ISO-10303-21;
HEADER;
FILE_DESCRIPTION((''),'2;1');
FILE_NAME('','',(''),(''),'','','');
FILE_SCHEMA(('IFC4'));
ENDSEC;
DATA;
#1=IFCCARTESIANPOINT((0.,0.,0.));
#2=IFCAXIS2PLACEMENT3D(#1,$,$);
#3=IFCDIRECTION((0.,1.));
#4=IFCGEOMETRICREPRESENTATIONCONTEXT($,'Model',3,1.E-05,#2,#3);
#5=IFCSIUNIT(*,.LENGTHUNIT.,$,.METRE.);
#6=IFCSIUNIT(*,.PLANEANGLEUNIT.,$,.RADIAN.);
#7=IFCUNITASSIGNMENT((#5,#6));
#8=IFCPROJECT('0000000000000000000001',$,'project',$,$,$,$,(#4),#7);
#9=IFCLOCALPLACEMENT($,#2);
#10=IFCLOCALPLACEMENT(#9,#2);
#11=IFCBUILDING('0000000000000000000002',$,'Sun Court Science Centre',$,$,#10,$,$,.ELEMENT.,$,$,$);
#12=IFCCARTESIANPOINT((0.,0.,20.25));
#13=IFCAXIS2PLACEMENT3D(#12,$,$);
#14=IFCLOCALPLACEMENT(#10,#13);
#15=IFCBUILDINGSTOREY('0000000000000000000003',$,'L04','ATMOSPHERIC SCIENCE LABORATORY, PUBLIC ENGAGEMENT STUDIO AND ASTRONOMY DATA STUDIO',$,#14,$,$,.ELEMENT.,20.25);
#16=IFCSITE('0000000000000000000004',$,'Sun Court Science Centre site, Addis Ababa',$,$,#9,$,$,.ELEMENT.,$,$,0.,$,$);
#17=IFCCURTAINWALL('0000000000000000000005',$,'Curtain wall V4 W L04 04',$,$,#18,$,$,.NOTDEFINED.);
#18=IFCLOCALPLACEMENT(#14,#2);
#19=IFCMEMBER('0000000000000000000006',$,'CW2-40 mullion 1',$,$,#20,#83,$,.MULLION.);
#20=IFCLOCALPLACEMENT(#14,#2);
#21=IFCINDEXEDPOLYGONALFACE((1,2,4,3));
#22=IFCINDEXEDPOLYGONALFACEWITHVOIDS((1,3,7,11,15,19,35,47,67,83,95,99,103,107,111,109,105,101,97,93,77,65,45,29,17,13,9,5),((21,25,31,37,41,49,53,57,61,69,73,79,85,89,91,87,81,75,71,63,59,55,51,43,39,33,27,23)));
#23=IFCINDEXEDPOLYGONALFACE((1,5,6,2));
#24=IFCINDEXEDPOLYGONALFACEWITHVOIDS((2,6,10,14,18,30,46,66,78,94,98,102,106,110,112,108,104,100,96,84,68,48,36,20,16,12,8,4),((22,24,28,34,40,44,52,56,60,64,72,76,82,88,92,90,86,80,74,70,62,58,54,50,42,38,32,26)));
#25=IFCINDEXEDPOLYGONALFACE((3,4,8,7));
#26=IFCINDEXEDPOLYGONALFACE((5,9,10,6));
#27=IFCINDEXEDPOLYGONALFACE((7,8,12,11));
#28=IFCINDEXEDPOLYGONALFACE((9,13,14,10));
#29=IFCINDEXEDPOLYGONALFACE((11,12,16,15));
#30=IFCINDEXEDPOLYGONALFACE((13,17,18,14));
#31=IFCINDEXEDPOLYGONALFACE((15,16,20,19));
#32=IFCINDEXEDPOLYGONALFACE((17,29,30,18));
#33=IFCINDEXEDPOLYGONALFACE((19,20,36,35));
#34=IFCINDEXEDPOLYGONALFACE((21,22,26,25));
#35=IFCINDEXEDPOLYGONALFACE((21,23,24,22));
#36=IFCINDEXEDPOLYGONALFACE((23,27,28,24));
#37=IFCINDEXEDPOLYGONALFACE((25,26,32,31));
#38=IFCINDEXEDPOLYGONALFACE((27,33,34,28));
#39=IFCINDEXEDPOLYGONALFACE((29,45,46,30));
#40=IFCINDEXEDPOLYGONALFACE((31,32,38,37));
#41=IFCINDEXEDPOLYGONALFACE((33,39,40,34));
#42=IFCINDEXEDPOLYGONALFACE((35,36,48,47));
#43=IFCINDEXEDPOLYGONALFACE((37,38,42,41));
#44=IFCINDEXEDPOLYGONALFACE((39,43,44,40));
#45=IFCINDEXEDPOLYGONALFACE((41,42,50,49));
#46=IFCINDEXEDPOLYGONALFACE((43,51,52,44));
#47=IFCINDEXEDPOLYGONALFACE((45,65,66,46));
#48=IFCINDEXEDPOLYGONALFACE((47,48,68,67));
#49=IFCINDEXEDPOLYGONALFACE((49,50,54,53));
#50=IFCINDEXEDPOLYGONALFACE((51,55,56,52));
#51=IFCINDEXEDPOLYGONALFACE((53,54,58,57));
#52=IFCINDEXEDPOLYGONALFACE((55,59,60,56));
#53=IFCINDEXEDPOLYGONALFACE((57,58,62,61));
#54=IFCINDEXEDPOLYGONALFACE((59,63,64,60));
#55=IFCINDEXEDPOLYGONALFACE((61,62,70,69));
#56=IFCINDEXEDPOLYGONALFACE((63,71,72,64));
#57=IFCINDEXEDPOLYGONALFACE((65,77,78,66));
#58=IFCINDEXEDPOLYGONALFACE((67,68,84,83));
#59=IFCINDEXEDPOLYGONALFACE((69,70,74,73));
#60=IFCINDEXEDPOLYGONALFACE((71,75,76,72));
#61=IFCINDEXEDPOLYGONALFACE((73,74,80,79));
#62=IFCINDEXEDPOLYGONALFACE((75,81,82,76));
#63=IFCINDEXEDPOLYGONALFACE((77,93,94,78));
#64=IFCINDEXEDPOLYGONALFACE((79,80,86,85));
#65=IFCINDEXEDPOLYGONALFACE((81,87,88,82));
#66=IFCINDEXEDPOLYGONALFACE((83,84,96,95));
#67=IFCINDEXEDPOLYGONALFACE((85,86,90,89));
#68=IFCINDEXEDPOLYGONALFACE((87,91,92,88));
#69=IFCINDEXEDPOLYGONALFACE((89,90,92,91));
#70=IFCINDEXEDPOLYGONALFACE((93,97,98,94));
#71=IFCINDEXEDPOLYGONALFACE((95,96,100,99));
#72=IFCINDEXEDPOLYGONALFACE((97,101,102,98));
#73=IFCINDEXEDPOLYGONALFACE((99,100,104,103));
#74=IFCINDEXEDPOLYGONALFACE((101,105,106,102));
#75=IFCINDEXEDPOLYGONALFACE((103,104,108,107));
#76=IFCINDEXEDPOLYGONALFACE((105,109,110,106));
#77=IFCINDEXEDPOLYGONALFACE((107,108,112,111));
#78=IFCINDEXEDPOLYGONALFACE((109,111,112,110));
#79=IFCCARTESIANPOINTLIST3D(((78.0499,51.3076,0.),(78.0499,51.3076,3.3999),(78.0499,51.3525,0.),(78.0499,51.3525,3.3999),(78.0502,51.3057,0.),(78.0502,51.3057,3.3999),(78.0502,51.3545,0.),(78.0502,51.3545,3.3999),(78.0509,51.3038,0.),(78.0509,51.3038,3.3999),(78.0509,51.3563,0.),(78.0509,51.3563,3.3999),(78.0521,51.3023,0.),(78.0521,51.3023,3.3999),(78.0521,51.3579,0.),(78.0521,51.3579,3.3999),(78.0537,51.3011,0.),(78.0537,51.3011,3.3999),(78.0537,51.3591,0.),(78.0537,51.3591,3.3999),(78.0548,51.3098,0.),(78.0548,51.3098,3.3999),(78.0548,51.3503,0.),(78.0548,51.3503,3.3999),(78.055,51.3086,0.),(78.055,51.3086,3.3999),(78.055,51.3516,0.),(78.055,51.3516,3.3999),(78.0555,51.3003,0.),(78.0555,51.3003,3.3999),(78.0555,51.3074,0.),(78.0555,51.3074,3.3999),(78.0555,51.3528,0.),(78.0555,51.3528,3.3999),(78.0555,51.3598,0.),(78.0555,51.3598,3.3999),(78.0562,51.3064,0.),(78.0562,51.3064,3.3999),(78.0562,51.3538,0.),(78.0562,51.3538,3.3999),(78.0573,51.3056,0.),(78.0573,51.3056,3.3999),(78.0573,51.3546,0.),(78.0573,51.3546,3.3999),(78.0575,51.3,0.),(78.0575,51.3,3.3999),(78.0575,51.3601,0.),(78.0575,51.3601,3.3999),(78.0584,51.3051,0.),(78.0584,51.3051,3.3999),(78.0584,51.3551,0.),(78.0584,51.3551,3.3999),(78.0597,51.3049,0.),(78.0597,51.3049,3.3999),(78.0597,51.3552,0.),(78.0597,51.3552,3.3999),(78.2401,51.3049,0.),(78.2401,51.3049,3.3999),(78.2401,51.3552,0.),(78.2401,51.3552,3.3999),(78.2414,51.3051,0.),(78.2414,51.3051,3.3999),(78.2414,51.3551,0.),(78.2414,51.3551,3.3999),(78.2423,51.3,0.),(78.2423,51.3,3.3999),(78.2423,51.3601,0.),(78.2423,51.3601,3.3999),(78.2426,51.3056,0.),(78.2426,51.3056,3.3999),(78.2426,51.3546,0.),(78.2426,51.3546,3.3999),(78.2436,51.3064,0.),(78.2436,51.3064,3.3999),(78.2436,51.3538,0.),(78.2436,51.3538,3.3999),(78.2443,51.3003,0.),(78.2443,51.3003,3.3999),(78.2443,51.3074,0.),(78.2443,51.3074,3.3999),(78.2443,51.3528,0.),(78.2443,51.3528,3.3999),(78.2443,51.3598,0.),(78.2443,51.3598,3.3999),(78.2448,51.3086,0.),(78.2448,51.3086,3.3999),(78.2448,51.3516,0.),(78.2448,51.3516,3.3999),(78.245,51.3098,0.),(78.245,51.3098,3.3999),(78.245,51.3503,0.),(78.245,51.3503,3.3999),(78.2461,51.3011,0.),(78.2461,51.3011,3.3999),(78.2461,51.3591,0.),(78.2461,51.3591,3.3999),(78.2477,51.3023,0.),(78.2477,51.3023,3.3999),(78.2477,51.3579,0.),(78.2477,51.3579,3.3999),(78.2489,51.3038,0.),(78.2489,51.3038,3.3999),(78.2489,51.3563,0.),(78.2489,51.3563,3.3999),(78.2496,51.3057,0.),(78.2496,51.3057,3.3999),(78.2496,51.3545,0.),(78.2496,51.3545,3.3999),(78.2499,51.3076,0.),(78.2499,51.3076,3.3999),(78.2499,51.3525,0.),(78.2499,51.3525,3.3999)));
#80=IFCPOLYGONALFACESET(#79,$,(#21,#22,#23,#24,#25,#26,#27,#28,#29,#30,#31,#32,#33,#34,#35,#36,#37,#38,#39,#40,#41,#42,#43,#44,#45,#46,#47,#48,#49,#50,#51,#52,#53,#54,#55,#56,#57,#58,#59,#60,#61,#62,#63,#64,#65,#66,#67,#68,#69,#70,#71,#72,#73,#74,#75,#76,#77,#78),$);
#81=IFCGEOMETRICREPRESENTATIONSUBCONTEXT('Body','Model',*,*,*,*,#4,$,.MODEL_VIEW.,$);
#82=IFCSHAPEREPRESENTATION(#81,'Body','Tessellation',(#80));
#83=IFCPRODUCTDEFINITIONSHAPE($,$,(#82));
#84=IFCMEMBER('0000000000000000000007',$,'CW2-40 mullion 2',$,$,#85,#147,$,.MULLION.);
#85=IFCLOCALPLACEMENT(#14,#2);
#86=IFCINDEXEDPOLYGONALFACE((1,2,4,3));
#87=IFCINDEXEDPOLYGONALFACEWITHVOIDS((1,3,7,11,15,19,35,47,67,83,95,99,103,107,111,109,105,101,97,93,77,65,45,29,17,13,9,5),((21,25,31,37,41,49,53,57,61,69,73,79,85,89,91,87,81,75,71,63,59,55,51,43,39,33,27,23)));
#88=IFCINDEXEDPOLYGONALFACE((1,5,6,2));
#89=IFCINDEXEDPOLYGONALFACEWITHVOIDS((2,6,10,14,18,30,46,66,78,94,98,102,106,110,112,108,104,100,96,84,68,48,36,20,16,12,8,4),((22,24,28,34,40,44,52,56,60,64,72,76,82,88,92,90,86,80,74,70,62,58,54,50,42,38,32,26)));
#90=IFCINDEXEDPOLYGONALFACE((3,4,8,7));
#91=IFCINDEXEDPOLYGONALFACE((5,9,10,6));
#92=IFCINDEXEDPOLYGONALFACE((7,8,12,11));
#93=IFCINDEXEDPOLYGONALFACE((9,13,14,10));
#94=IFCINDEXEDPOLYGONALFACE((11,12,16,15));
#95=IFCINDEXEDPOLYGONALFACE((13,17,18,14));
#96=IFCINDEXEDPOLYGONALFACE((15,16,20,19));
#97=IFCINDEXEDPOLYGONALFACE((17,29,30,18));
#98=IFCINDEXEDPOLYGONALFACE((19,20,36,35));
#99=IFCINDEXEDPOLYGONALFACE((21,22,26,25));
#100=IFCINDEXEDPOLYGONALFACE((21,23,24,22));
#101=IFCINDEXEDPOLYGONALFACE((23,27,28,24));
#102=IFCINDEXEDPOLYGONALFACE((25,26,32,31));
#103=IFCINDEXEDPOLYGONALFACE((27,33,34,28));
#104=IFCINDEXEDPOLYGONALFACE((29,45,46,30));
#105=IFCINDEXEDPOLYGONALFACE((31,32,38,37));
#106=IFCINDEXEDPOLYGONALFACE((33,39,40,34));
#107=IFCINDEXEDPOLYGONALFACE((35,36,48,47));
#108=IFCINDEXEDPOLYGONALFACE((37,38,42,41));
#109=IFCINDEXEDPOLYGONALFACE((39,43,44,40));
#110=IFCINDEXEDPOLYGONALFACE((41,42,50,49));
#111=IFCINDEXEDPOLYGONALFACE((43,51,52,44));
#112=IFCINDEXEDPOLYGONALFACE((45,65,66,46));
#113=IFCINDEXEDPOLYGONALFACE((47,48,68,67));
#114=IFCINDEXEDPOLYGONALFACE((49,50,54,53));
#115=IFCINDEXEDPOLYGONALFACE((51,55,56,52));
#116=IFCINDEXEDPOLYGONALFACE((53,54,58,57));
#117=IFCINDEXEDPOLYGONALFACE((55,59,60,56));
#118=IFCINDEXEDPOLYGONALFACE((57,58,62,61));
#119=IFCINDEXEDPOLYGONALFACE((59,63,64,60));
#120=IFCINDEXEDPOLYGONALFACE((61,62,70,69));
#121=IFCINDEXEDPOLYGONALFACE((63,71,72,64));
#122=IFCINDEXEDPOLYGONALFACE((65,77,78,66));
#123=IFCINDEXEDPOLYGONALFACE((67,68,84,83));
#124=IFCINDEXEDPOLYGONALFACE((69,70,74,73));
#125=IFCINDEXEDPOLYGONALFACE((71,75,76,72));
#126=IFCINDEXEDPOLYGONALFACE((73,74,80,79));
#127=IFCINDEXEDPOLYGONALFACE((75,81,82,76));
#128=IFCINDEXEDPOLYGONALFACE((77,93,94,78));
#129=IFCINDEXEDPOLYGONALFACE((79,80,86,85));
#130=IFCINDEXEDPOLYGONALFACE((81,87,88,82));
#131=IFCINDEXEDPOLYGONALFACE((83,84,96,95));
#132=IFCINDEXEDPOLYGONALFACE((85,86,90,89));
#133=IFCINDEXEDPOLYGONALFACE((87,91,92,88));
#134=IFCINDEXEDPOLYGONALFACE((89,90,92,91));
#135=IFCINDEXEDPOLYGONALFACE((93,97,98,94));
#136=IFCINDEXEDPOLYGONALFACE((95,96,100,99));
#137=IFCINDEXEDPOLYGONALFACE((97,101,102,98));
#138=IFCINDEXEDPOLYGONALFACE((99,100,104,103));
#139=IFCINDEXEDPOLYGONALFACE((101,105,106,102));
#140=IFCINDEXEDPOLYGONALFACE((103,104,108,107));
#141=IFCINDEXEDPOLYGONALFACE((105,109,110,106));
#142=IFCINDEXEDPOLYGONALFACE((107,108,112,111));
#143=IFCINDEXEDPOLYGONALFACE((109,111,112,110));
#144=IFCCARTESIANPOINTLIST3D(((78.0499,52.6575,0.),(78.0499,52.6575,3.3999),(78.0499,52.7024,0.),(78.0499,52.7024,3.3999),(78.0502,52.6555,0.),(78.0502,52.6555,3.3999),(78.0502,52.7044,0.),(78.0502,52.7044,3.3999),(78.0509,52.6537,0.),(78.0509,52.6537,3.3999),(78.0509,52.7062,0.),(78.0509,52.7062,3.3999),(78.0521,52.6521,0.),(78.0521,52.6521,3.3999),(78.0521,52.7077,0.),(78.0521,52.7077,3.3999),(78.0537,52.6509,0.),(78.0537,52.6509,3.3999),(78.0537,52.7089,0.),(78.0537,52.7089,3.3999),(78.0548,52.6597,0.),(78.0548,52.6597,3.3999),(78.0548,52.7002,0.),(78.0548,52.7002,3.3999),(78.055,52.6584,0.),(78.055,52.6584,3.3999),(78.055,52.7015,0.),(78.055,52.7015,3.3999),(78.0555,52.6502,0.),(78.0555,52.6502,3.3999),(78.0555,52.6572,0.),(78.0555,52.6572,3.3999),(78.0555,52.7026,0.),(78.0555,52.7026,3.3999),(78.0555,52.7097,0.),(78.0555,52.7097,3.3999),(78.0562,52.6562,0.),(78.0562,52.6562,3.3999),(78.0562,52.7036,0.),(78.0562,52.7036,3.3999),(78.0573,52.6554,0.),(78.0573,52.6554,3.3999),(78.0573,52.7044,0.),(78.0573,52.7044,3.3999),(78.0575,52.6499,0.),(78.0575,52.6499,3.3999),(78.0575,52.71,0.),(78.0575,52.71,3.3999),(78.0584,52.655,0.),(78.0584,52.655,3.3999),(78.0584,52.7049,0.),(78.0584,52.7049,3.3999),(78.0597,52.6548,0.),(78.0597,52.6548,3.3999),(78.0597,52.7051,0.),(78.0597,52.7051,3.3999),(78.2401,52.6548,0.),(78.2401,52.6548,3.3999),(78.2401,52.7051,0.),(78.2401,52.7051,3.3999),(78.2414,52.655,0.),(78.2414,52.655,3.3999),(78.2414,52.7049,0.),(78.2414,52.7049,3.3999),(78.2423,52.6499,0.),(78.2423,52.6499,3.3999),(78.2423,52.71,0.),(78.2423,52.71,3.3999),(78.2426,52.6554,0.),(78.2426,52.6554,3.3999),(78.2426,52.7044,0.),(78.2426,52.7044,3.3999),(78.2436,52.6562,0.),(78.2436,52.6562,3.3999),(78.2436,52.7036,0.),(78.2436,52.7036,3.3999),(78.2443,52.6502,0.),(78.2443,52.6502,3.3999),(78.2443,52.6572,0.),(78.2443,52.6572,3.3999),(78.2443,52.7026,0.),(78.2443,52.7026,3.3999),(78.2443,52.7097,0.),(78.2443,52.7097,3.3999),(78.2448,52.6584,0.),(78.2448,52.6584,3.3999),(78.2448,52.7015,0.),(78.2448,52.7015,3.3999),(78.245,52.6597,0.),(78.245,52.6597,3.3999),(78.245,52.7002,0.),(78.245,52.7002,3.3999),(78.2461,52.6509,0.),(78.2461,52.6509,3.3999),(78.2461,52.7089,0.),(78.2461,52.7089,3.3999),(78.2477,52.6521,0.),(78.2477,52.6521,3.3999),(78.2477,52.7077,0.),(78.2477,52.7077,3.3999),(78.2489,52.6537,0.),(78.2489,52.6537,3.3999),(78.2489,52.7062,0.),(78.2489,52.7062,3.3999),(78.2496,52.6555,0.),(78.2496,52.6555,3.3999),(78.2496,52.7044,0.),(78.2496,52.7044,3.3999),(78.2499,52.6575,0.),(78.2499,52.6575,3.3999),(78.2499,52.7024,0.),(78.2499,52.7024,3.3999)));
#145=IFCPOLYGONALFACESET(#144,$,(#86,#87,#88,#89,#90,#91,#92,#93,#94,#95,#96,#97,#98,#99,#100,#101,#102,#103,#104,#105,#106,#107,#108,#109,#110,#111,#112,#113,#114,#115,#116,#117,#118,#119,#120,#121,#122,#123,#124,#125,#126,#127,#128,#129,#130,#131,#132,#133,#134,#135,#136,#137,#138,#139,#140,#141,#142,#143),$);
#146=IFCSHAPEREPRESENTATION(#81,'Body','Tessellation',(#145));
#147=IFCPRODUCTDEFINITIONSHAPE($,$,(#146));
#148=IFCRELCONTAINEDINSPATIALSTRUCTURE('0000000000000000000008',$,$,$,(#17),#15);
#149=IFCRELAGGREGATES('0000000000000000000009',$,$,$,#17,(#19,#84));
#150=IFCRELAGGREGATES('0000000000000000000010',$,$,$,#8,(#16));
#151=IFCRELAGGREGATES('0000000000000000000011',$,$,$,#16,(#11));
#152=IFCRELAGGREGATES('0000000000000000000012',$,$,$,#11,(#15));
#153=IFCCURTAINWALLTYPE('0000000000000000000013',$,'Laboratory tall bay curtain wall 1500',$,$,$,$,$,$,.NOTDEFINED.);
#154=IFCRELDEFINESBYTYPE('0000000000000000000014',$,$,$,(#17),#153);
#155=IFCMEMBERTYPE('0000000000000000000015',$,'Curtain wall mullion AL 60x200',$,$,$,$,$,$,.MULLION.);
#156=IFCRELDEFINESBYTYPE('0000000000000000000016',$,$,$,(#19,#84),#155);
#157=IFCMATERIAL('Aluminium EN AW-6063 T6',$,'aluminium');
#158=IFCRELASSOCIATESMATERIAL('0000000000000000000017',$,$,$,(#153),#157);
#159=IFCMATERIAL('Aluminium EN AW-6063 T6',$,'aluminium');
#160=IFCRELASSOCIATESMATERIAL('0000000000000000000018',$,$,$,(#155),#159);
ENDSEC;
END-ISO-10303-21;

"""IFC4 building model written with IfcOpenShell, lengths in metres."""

from ifc_helpers import new_model, si_unit, direction, frame, origin, origin_2d, place, context, subcontext, project, spatial, hollow_rectangle, extrude, material, material_profile, profile_set, type_object, element, aggregate, save


model = new_model("IFC4")

# Units and contexts
model_context = context("Model", 3, precision=1e-05, world=origin(), true_north=direction((0.0, 1.0)))
body_context = subcontext(model_context, "Body", "Model", "MODEL_VIEW")
ifc_project = project(units=[si_unit("LENGTHUNIT", "METRE"), si_unit("PLANEANGLEUNIT", "RADIAN")], contexts=[model_context])

# Site, building, storey
site_placement = place(None, origin())
site = spatial("IfcSite", under=ifc_project, at=site_placement, Name="Sun Court Science Centre site, Addis Ababa", CompositionType="ELEMENT", RefElevation=0.0)
building_placement = place(site_placement, origin())
building = spatial("IfcBuilding", under=site, at=building_placement, Name="Sun Court Science Centre", CompositionType="ELEMENT")
storey_placement = place(building_placement, frame((0.0, 0.0, 20.25)))
storey = spatial("IfcBuildingStorey", under=building, at=storey_placement, Name="L04", Description="ATMOSPHERIC SCIENCE LABORATORY, PUBLIC ENGAGEMENT STUDIO AND ASTRONOMY DATA STUDIO", CompositionType="ELEMENT", Elevation=20.25)

# Shared definitions
ifc_material_1 = material(Name="Aluminium EN AW-6063 T6", Category="aluminium")
curtain_wall_type = type_object("IfcCurtainWallType", Name="Laboratory tall bay curtain wall 1500", PredefinedType="NOTDEFINED", material=ifc_material_1)
ifc_material_2 = material(Name="Aluminium EN AW-6063 T6", Category="aluminium")
ifc_material_profile_1 = material_profile(ifc_material_2, hollow_rectangle(XDim=0.0601, YDim=0.2, WallThickness=0.0049, InnerFilletRadius=0.0049, OuterFilletRadius=0.0076, at=origin_2d()), Name="AL 60x200x5")
ifc_profile_set_1 = profile_set([ifc_material_profile_1], Name="Aluminium EN AW-6063 T6")
member_type_1 = type_object("IfcMemberType", Name="Curtain wall mullion AL 60x200", PredefinedType="MULLION", material=ifc_profile_set_1)

# Curtain wall, members
curtain_wall_1_placement = place(storey_placement, origin())
curtain_wall_1 = element("IfcCurtainWall", 1, at=curtain_wall_1_placement, inside=storey, type_object=curtain_wall_type, Name="Curtain wall V4 W L04 04", PredefinedType="NOTDEFINED")
member_1_placement = place(storey_placement, frame((78.1499, 51.3301, 0.0), z_axis=(0.0, 0.0, 1.0), x_axis=(0.0, 1.0, 0.0)))
member_1 = element("IfcMember", 2, at=member_1_placement, type_object=member_type_1, Name="CW2-40 mullion 1", PredefinedType="MULLION", context=body_context, shape_type="SweptSolid", body=[
    extrude(hollow_rectangle(XDim=0.0601, YDim=0.2, WallThickness=0.0049, InnerFilletRadius=0.0049, OuterFilletRadius=0.0076, at=origin_2d()), origin(), (0.0, 0.0, 1.0), 3.3999),
])
member_2_placement = place(storey_placement, frame((78.1499, 52.6799, 0.0), z_axis=(0.0, 0.0, 1.0), x_axis=(0.0, 1.0, 0.0)))
member_2 = element("IfcMember", 3, at=member_2_placement, type_object=member_type_1, Name="CW2-40 mullion 2", PredefinedType="MULLION", context=body_context, shape_type="SweptSolid", body=[
    extrude(hollow_rectangle(XDim=0.0601, YDim=0.2, WallThickness=0.0049, InnerFilletRadius=0.0049, OuterFilletRadius=0.0076, at=origin_2d()), origin(), (0.0, 0.0, 1.0), 3.3999),
])

aggregate(curtain_wall_1, [member_1, member_2])

save(model, "model.ifc")
